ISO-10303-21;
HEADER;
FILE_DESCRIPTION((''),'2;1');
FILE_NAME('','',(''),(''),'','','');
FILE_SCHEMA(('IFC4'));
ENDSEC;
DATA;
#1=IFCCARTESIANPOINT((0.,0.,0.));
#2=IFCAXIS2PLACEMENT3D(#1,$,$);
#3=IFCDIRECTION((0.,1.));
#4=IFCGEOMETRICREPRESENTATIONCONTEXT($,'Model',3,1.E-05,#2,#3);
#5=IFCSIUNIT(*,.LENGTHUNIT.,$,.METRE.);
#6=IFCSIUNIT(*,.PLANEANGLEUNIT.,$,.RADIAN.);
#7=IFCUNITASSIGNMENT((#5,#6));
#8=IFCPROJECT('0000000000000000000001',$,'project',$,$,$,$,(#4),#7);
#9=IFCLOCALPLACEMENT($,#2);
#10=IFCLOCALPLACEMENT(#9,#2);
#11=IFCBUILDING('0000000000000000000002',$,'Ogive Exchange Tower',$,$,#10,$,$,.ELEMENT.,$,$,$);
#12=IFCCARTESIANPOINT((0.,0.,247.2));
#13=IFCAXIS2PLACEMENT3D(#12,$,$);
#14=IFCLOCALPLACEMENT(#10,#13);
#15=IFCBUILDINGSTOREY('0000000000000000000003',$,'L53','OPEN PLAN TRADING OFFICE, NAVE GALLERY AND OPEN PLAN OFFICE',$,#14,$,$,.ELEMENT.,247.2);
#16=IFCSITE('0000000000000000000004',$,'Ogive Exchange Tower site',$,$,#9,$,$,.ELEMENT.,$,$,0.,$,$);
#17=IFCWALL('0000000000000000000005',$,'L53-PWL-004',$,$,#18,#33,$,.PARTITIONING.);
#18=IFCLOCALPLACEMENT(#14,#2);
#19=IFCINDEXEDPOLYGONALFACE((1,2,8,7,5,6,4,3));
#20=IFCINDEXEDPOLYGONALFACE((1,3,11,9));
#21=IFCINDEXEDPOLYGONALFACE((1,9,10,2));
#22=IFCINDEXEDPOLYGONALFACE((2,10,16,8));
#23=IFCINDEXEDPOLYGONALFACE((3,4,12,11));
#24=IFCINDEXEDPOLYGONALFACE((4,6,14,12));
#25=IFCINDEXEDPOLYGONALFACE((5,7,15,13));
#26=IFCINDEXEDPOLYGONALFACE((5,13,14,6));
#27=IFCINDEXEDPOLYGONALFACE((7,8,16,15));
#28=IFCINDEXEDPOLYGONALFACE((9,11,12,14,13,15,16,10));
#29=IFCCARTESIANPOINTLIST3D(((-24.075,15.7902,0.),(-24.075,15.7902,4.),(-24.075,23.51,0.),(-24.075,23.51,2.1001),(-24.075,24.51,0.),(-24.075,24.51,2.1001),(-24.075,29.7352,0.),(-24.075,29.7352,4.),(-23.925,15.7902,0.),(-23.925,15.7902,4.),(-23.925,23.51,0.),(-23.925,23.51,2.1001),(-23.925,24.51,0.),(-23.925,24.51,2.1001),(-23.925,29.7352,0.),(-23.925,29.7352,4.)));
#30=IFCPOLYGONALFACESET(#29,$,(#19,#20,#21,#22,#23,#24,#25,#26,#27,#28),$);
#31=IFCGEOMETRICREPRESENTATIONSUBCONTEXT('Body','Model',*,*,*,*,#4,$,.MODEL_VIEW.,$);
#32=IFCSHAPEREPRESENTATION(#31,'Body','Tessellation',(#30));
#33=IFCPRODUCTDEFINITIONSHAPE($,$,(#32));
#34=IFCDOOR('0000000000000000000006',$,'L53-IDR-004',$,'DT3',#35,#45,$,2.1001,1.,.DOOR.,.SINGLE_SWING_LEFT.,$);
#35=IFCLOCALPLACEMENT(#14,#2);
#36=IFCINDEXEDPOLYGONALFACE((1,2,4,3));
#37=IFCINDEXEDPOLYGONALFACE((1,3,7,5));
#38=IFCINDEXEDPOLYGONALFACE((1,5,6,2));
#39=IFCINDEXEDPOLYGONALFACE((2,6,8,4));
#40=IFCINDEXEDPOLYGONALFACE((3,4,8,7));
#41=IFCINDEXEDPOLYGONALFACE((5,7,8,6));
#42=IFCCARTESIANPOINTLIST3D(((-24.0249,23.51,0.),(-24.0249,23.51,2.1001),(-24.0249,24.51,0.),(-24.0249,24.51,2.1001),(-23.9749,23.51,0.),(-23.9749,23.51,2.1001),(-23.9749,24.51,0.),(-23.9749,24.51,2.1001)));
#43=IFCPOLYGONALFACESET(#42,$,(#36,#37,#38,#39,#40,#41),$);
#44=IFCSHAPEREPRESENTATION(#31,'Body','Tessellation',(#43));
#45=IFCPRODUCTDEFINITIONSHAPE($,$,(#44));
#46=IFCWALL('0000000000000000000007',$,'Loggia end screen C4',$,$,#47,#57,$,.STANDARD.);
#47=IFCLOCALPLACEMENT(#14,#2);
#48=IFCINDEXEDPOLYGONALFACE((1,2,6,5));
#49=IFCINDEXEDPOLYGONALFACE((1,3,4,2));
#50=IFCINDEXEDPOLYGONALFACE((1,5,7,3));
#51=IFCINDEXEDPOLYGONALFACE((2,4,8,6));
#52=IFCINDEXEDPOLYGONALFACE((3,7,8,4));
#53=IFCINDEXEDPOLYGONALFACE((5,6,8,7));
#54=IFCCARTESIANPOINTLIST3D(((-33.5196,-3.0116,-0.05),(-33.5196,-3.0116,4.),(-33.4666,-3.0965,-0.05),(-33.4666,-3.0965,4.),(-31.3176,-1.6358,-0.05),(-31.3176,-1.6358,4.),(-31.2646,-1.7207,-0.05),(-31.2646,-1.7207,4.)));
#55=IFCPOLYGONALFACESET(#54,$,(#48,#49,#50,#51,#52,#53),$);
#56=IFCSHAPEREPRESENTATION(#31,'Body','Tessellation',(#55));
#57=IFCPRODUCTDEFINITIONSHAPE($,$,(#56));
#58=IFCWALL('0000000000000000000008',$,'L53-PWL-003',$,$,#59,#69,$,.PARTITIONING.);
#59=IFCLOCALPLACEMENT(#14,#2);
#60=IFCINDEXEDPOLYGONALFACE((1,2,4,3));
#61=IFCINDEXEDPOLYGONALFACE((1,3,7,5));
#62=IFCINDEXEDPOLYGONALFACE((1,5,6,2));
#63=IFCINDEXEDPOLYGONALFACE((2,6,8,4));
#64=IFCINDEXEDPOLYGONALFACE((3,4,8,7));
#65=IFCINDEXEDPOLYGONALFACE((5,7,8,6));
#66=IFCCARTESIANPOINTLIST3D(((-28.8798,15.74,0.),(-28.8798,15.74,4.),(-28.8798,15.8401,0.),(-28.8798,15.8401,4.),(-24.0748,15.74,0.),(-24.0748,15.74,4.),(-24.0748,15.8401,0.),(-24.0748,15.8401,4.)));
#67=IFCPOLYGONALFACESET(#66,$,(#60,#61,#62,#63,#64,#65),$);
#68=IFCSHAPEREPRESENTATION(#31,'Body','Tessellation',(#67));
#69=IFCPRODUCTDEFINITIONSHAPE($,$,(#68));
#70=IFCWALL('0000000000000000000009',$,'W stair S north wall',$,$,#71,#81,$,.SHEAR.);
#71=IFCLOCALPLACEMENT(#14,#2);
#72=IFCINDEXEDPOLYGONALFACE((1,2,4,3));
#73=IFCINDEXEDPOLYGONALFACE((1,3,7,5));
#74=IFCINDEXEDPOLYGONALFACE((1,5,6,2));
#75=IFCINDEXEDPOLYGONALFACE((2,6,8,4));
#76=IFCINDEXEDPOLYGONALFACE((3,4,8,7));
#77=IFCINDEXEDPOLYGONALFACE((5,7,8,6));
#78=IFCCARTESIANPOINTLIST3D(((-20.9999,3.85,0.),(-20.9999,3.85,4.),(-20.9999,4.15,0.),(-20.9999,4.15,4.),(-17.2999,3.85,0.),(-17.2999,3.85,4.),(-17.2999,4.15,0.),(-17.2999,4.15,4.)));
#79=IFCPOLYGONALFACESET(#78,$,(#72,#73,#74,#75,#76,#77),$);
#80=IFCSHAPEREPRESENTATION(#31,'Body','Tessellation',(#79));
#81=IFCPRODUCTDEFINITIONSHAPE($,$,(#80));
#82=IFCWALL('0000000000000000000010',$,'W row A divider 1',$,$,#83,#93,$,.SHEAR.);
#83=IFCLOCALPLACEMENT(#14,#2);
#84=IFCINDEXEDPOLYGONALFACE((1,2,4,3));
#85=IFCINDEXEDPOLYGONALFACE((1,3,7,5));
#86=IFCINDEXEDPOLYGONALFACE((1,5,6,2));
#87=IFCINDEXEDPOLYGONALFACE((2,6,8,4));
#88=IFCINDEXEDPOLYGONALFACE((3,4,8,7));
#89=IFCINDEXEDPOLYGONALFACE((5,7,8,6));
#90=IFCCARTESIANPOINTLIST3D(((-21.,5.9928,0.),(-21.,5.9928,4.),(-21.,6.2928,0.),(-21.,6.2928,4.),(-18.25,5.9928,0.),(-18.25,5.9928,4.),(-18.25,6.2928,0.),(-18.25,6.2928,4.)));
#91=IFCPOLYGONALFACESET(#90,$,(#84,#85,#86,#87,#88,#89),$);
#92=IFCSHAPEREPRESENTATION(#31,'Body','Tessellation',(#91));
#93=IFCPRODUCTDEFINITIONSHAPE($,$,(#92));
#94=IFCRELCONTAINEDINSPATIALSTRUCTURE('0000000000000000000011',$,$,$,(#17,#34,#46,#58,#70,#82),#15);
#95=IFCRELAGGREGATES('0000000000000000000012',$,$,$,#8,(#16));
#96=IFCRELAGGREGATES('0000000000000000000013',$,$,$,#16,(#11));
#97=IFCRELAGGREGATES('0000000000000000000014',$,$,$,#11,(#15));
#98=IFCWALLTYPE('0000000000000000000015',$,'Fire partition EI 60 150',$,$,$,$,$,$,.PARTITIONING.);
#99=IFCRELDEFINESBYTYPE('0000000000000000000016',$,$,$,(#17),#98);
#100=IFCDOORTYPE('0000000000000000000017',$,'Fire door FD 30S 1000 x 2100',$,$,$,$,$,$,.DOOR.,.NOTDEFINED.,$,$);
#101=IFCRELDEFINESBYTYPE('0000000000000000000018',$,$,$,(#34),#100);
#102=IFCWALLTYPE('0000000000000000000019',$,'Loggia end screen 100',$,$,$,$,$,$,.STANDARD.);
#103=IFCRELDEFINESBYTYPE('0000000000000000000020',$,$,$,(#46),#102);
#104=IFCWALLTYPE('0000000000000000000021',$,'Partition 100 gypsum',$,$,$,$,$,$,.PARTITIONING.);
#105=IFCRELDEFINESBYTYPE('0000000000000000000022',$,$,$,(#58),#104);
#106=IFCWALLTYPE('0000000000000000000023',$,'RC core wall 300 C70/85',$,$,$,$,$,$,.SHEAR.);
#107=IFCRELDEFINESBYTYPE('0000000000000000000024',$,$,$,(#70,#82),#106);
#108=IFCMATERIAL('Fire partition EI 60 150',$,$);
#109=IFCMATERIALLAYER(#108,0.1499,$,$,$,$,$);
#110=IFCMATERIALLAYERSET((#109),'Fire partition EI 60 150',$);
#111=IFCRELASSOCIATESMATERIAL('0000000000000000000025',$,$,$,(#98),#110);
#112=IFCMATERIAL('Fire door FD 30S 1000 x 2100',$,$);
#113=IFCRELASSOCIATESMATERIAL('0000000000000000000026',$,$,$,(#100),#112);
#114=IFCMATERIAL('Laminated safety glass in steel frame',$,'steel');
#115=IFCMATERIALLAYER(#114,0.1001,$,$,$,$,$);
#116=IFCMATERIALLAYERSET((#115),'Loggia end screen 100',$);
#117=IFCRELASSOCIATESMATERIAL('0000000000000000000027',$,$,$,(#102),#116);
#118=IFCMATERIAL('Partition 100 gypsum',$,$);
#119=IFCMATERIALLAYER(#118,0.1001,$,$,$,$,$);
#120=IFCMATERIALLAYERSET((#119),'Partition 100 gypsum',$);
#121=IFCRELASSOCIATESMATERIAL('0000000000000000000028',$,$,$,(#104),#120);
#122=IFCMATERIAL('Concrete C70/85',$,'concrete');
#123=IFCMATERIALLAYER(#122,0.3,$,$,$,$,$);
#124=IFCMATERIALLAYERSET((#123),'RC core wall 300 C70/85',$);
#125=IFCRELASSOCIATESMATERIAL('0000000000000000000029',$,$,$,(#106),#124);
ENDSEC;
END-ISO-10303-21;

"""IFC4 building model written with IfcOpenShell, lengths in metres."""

from ifc_helpers import new_model, si_unit, direction, frame, frame_2d, origin, place, context, subcontext, project, spatial, rectangle, extrude, material, layer, layer_set, type_object, element, fill, save


model = new_model("IFC4")

# Units and contexts
model_context = context("Model", 3, precision=1e-05, world=origin(), true_north=direction((0.0, 1.0)))
body_context = subcontext(model_context, "Body", "Model", "MODEL_VIEW")
ifc_project = project(units=[si_unit("LENGTHUNIT", "METRE"), si_unit("PLANEANGLEUNIT", "RADIAN")], contexts=[model_context])

# Site, building, storey
site_placement = place(None, origin())
site = spatial("IfcSite", under=ifc_project, at=site_placement, Name="Ogive Exchange Tower site", CompositionType="ELEMENT", RefElevation=0.0)
building_placement = place(site_placement, origin())
building = spatial("IfcBuilding", under=site, at=building_placement, Name="Ogive Exchange Tower", CompositionType="ELEMENT")
storey_placement = place(building_placement, frame((0.0, 0.0, 247.2)))
storey = spatial("IfcBuildingStorey", under=building, at=storey_placement, Name="L53", Description="OPEN PLAN TRADING OFFICE, NAVE GALLERY AND OPEN PLAN OFFICE", CompositionType="ELEMENT", Elevation=247.2)

# Wall, opening, door
ifc_material_1 = material(Name="Fire partition EI 60 150")
ifc_layer_1 = layer(ifc_material_1, 0.1499)
ifc_layer_set_1 = layer_set([ifc_layer_1], Name="Fire partition EI 60 150")
wall_type_1 = type_object("IfcWallType", Name="Fire partition EI 60 150", PredefinedType="PARTITIONING", material=ifc_layer_set_1)
wall_1_placement = place(storey_placement, frame((-24.0, 15.79, 0.0), z_axis=(0.0, 0.0, 1.0), x_axis=(0.0, 1.0, 0.0)))
wall_1 = element("IfcWall", 1, at=wall_1_placement, inside=storey, type_object=wall_type_1, Name="L53-PWL-004", PredefinedType="PARTITIONING", context=body_context, shape_type="SweptSolid", body=[
    extrude(rectangle(XDim=13.9451, YDim=0.1499, at=frame_2d((6.9727, 0.0))), origin(), (0.0, 0.0, 1.0), 4.0),
])
opening_placement = place(wall_1_placement, frame((7.72, 0.0, 0.0)))
opening = element("IfcOpeningElement", 2, at=opening_placement, cuts=wall_1, PredefinedType="OPENING", context=body_context, shape_type="SweptSolid", body=[
    extrude(rectangle(XDim=1.0, YDim=2.1001, at=frame_2d((0.5, 1.05))), frame((0.0, 0.085, 0.0), z_axis=(0.0, -1.0, 0.0), x_axis=(1.0, 0.0, 0.0)), (0.0, 0.0, 1.0), 0.1699),
])
ifc_material_2 = material(Name="Fire door FD 30S 1000 x 2100")
door_type = type_object("IfcDoorType", Name="Fire door FD 30S 1000 x 2100", OperationType="NOTDEFINED", PredefinedType="DOOR", material=ifc_material_2)
door_placement = place(opening_placement, origin())
door = element("IfcDoor", 3, at=door_placement, inside=storey, type_object=door_type, Name="L53-IDR-004", ObjectType="DT3", OperationType="SINGLE_SWING_LEFT", OverallHeight=2.1001, OverallWidth=1.0, PredefinedType="DOOR", context=body_context, shape_type="SweptSolid", body=[
    extrude(rectangle(XDim=1.0, YDim=2.1001, at=frame_2d((0.5, 1.05))), frame((0.0, 0.0249, 0.0), z_axis=(0.0, -1.0, 0.0), x_axis=(1.0, 0.0, 0.0)), (0.0, 0.0, 1.0), 0.05),
])
fill(opening, door)

# Walls
ifc_material_3 = material(Name="Laminated safety glass in steel frame", Category="steel")
ifc_layer_2 = layer(ifc_material_3, 0.1001)
ifc_layer_set_2 = layer_set([ifc_layer_2], Name="Loggia end screen 100")
wall_type_2 = type_object("IfcWallType", Name="Loggia end screen 100", PredefinedType="STANDARD", material=ifc_layer_set_2)
wall_2_placement = place(storey_placement, frame((-31.291, -1.6782, -0.05), z_axis=(0.0, 0.0, 1.0), x_axis=(-0.848078, -0.529872, 0.0)))
element("IfcWall", 4, at=wall_2_placement, inside=storey, type_object=wall_type_2, Name="Loggia end screen C4", PredefinedType="STANDARD", context=body_context, shape_type="SweptSolid", body=[
    extrude(rectangle(XDim=2.5964, YDim=0.1001, at=frame_2d((1.2983, 0.0))), origin(), (0.0, 0.0, 1.0), 4.05),
])
ifc_material_4 = material(Name="Partition 100 gypsum")
ifc_layer_3 = layer(ifc_material_4, 0.1001)
ifc_layer_set_3 = layer_set([ifc_layer_3], Name="Partition 100 gypsum")
wall_type_3 = type_object("IfcWallType", Name="Partition 100 gypsum", PredefinedType="PARTITIONING", material=ifc_layer_set_3)
wall_3_placement = place(storey_placement, frame((-24.075, 15.79, 0.0), z_axis=(0.0, 0.0, 1.0), x_axis=(-1.0, 0.0, 0.0)))
element("IfcWall", 5, at=wall_3_placement, inside=storey, type_object=wall_type_3, Name="L53-PWL-003", PredefinedType="PARTITIONING", context=body_context, shape_type="SweptSolid", body=[
    extrude(rectangle(XDim=4.8049, YDim=0.1001, at=frame_2d((2.4023, 0.0))), origin(), (0.0, 0.0, 1.0), 4.0),
])
ifc_material_5 = material(Name="Concrete C70/85", Category="concrete")
ifc_layer_4 = layer(ifc_material_5, 0.3)
ifc_layer_set_4 = layer_set([ifc_layer_4], Name="RC core wall 300 C70/85")
wall_type_4 = type_object("IfcWallType", Name="RC core wall 300 C70/85", PredefinedType="SHEAR", material=ifc_layer_set_4)
wall_4_placement = place(storey_placement, frame((-21.0, 4.0, 0.0), z_axis=(0.0, 0.0, 1.0), x_axis=(1.0, 0.0, 0.0)))
element("IfcWall", 6, at=wall_4_placement, inside=storey, type_object=wall_type_4, Name="W stair S north wall", PredefinedType="SHEAR", context=body_context, shape_type="SweptSolid", body=[
    extrude(rectangle(XDim=3.7, YDim=0.3, at=frame_2d((1.8501, 0.0))), origin(), (0.0, 0.0, 1.0), 4.0),
])
wall_5_placement = place(storey_placement, frame((-21.0, 6.1428, 0.0), z_axis=(0.0, 0.0, 1.0), x_axis=(1.0, 0.0, 0.0)))
element("IfcWall", 7, at=wall_5_placement, inside=storey, type_object=wall_type_4, Name="W row A divider 1", PredefinedType="SHEAR", context=body_context, shape_type="SweptSolid", body=[
    extrude(rectangle(XDim=2.75, YDim=0.3, at=frame_2d((1.375, 0.0))), origin(), (0.0, 0.0, 1.0), 4.0),
])

save(model, "model.ifc")
